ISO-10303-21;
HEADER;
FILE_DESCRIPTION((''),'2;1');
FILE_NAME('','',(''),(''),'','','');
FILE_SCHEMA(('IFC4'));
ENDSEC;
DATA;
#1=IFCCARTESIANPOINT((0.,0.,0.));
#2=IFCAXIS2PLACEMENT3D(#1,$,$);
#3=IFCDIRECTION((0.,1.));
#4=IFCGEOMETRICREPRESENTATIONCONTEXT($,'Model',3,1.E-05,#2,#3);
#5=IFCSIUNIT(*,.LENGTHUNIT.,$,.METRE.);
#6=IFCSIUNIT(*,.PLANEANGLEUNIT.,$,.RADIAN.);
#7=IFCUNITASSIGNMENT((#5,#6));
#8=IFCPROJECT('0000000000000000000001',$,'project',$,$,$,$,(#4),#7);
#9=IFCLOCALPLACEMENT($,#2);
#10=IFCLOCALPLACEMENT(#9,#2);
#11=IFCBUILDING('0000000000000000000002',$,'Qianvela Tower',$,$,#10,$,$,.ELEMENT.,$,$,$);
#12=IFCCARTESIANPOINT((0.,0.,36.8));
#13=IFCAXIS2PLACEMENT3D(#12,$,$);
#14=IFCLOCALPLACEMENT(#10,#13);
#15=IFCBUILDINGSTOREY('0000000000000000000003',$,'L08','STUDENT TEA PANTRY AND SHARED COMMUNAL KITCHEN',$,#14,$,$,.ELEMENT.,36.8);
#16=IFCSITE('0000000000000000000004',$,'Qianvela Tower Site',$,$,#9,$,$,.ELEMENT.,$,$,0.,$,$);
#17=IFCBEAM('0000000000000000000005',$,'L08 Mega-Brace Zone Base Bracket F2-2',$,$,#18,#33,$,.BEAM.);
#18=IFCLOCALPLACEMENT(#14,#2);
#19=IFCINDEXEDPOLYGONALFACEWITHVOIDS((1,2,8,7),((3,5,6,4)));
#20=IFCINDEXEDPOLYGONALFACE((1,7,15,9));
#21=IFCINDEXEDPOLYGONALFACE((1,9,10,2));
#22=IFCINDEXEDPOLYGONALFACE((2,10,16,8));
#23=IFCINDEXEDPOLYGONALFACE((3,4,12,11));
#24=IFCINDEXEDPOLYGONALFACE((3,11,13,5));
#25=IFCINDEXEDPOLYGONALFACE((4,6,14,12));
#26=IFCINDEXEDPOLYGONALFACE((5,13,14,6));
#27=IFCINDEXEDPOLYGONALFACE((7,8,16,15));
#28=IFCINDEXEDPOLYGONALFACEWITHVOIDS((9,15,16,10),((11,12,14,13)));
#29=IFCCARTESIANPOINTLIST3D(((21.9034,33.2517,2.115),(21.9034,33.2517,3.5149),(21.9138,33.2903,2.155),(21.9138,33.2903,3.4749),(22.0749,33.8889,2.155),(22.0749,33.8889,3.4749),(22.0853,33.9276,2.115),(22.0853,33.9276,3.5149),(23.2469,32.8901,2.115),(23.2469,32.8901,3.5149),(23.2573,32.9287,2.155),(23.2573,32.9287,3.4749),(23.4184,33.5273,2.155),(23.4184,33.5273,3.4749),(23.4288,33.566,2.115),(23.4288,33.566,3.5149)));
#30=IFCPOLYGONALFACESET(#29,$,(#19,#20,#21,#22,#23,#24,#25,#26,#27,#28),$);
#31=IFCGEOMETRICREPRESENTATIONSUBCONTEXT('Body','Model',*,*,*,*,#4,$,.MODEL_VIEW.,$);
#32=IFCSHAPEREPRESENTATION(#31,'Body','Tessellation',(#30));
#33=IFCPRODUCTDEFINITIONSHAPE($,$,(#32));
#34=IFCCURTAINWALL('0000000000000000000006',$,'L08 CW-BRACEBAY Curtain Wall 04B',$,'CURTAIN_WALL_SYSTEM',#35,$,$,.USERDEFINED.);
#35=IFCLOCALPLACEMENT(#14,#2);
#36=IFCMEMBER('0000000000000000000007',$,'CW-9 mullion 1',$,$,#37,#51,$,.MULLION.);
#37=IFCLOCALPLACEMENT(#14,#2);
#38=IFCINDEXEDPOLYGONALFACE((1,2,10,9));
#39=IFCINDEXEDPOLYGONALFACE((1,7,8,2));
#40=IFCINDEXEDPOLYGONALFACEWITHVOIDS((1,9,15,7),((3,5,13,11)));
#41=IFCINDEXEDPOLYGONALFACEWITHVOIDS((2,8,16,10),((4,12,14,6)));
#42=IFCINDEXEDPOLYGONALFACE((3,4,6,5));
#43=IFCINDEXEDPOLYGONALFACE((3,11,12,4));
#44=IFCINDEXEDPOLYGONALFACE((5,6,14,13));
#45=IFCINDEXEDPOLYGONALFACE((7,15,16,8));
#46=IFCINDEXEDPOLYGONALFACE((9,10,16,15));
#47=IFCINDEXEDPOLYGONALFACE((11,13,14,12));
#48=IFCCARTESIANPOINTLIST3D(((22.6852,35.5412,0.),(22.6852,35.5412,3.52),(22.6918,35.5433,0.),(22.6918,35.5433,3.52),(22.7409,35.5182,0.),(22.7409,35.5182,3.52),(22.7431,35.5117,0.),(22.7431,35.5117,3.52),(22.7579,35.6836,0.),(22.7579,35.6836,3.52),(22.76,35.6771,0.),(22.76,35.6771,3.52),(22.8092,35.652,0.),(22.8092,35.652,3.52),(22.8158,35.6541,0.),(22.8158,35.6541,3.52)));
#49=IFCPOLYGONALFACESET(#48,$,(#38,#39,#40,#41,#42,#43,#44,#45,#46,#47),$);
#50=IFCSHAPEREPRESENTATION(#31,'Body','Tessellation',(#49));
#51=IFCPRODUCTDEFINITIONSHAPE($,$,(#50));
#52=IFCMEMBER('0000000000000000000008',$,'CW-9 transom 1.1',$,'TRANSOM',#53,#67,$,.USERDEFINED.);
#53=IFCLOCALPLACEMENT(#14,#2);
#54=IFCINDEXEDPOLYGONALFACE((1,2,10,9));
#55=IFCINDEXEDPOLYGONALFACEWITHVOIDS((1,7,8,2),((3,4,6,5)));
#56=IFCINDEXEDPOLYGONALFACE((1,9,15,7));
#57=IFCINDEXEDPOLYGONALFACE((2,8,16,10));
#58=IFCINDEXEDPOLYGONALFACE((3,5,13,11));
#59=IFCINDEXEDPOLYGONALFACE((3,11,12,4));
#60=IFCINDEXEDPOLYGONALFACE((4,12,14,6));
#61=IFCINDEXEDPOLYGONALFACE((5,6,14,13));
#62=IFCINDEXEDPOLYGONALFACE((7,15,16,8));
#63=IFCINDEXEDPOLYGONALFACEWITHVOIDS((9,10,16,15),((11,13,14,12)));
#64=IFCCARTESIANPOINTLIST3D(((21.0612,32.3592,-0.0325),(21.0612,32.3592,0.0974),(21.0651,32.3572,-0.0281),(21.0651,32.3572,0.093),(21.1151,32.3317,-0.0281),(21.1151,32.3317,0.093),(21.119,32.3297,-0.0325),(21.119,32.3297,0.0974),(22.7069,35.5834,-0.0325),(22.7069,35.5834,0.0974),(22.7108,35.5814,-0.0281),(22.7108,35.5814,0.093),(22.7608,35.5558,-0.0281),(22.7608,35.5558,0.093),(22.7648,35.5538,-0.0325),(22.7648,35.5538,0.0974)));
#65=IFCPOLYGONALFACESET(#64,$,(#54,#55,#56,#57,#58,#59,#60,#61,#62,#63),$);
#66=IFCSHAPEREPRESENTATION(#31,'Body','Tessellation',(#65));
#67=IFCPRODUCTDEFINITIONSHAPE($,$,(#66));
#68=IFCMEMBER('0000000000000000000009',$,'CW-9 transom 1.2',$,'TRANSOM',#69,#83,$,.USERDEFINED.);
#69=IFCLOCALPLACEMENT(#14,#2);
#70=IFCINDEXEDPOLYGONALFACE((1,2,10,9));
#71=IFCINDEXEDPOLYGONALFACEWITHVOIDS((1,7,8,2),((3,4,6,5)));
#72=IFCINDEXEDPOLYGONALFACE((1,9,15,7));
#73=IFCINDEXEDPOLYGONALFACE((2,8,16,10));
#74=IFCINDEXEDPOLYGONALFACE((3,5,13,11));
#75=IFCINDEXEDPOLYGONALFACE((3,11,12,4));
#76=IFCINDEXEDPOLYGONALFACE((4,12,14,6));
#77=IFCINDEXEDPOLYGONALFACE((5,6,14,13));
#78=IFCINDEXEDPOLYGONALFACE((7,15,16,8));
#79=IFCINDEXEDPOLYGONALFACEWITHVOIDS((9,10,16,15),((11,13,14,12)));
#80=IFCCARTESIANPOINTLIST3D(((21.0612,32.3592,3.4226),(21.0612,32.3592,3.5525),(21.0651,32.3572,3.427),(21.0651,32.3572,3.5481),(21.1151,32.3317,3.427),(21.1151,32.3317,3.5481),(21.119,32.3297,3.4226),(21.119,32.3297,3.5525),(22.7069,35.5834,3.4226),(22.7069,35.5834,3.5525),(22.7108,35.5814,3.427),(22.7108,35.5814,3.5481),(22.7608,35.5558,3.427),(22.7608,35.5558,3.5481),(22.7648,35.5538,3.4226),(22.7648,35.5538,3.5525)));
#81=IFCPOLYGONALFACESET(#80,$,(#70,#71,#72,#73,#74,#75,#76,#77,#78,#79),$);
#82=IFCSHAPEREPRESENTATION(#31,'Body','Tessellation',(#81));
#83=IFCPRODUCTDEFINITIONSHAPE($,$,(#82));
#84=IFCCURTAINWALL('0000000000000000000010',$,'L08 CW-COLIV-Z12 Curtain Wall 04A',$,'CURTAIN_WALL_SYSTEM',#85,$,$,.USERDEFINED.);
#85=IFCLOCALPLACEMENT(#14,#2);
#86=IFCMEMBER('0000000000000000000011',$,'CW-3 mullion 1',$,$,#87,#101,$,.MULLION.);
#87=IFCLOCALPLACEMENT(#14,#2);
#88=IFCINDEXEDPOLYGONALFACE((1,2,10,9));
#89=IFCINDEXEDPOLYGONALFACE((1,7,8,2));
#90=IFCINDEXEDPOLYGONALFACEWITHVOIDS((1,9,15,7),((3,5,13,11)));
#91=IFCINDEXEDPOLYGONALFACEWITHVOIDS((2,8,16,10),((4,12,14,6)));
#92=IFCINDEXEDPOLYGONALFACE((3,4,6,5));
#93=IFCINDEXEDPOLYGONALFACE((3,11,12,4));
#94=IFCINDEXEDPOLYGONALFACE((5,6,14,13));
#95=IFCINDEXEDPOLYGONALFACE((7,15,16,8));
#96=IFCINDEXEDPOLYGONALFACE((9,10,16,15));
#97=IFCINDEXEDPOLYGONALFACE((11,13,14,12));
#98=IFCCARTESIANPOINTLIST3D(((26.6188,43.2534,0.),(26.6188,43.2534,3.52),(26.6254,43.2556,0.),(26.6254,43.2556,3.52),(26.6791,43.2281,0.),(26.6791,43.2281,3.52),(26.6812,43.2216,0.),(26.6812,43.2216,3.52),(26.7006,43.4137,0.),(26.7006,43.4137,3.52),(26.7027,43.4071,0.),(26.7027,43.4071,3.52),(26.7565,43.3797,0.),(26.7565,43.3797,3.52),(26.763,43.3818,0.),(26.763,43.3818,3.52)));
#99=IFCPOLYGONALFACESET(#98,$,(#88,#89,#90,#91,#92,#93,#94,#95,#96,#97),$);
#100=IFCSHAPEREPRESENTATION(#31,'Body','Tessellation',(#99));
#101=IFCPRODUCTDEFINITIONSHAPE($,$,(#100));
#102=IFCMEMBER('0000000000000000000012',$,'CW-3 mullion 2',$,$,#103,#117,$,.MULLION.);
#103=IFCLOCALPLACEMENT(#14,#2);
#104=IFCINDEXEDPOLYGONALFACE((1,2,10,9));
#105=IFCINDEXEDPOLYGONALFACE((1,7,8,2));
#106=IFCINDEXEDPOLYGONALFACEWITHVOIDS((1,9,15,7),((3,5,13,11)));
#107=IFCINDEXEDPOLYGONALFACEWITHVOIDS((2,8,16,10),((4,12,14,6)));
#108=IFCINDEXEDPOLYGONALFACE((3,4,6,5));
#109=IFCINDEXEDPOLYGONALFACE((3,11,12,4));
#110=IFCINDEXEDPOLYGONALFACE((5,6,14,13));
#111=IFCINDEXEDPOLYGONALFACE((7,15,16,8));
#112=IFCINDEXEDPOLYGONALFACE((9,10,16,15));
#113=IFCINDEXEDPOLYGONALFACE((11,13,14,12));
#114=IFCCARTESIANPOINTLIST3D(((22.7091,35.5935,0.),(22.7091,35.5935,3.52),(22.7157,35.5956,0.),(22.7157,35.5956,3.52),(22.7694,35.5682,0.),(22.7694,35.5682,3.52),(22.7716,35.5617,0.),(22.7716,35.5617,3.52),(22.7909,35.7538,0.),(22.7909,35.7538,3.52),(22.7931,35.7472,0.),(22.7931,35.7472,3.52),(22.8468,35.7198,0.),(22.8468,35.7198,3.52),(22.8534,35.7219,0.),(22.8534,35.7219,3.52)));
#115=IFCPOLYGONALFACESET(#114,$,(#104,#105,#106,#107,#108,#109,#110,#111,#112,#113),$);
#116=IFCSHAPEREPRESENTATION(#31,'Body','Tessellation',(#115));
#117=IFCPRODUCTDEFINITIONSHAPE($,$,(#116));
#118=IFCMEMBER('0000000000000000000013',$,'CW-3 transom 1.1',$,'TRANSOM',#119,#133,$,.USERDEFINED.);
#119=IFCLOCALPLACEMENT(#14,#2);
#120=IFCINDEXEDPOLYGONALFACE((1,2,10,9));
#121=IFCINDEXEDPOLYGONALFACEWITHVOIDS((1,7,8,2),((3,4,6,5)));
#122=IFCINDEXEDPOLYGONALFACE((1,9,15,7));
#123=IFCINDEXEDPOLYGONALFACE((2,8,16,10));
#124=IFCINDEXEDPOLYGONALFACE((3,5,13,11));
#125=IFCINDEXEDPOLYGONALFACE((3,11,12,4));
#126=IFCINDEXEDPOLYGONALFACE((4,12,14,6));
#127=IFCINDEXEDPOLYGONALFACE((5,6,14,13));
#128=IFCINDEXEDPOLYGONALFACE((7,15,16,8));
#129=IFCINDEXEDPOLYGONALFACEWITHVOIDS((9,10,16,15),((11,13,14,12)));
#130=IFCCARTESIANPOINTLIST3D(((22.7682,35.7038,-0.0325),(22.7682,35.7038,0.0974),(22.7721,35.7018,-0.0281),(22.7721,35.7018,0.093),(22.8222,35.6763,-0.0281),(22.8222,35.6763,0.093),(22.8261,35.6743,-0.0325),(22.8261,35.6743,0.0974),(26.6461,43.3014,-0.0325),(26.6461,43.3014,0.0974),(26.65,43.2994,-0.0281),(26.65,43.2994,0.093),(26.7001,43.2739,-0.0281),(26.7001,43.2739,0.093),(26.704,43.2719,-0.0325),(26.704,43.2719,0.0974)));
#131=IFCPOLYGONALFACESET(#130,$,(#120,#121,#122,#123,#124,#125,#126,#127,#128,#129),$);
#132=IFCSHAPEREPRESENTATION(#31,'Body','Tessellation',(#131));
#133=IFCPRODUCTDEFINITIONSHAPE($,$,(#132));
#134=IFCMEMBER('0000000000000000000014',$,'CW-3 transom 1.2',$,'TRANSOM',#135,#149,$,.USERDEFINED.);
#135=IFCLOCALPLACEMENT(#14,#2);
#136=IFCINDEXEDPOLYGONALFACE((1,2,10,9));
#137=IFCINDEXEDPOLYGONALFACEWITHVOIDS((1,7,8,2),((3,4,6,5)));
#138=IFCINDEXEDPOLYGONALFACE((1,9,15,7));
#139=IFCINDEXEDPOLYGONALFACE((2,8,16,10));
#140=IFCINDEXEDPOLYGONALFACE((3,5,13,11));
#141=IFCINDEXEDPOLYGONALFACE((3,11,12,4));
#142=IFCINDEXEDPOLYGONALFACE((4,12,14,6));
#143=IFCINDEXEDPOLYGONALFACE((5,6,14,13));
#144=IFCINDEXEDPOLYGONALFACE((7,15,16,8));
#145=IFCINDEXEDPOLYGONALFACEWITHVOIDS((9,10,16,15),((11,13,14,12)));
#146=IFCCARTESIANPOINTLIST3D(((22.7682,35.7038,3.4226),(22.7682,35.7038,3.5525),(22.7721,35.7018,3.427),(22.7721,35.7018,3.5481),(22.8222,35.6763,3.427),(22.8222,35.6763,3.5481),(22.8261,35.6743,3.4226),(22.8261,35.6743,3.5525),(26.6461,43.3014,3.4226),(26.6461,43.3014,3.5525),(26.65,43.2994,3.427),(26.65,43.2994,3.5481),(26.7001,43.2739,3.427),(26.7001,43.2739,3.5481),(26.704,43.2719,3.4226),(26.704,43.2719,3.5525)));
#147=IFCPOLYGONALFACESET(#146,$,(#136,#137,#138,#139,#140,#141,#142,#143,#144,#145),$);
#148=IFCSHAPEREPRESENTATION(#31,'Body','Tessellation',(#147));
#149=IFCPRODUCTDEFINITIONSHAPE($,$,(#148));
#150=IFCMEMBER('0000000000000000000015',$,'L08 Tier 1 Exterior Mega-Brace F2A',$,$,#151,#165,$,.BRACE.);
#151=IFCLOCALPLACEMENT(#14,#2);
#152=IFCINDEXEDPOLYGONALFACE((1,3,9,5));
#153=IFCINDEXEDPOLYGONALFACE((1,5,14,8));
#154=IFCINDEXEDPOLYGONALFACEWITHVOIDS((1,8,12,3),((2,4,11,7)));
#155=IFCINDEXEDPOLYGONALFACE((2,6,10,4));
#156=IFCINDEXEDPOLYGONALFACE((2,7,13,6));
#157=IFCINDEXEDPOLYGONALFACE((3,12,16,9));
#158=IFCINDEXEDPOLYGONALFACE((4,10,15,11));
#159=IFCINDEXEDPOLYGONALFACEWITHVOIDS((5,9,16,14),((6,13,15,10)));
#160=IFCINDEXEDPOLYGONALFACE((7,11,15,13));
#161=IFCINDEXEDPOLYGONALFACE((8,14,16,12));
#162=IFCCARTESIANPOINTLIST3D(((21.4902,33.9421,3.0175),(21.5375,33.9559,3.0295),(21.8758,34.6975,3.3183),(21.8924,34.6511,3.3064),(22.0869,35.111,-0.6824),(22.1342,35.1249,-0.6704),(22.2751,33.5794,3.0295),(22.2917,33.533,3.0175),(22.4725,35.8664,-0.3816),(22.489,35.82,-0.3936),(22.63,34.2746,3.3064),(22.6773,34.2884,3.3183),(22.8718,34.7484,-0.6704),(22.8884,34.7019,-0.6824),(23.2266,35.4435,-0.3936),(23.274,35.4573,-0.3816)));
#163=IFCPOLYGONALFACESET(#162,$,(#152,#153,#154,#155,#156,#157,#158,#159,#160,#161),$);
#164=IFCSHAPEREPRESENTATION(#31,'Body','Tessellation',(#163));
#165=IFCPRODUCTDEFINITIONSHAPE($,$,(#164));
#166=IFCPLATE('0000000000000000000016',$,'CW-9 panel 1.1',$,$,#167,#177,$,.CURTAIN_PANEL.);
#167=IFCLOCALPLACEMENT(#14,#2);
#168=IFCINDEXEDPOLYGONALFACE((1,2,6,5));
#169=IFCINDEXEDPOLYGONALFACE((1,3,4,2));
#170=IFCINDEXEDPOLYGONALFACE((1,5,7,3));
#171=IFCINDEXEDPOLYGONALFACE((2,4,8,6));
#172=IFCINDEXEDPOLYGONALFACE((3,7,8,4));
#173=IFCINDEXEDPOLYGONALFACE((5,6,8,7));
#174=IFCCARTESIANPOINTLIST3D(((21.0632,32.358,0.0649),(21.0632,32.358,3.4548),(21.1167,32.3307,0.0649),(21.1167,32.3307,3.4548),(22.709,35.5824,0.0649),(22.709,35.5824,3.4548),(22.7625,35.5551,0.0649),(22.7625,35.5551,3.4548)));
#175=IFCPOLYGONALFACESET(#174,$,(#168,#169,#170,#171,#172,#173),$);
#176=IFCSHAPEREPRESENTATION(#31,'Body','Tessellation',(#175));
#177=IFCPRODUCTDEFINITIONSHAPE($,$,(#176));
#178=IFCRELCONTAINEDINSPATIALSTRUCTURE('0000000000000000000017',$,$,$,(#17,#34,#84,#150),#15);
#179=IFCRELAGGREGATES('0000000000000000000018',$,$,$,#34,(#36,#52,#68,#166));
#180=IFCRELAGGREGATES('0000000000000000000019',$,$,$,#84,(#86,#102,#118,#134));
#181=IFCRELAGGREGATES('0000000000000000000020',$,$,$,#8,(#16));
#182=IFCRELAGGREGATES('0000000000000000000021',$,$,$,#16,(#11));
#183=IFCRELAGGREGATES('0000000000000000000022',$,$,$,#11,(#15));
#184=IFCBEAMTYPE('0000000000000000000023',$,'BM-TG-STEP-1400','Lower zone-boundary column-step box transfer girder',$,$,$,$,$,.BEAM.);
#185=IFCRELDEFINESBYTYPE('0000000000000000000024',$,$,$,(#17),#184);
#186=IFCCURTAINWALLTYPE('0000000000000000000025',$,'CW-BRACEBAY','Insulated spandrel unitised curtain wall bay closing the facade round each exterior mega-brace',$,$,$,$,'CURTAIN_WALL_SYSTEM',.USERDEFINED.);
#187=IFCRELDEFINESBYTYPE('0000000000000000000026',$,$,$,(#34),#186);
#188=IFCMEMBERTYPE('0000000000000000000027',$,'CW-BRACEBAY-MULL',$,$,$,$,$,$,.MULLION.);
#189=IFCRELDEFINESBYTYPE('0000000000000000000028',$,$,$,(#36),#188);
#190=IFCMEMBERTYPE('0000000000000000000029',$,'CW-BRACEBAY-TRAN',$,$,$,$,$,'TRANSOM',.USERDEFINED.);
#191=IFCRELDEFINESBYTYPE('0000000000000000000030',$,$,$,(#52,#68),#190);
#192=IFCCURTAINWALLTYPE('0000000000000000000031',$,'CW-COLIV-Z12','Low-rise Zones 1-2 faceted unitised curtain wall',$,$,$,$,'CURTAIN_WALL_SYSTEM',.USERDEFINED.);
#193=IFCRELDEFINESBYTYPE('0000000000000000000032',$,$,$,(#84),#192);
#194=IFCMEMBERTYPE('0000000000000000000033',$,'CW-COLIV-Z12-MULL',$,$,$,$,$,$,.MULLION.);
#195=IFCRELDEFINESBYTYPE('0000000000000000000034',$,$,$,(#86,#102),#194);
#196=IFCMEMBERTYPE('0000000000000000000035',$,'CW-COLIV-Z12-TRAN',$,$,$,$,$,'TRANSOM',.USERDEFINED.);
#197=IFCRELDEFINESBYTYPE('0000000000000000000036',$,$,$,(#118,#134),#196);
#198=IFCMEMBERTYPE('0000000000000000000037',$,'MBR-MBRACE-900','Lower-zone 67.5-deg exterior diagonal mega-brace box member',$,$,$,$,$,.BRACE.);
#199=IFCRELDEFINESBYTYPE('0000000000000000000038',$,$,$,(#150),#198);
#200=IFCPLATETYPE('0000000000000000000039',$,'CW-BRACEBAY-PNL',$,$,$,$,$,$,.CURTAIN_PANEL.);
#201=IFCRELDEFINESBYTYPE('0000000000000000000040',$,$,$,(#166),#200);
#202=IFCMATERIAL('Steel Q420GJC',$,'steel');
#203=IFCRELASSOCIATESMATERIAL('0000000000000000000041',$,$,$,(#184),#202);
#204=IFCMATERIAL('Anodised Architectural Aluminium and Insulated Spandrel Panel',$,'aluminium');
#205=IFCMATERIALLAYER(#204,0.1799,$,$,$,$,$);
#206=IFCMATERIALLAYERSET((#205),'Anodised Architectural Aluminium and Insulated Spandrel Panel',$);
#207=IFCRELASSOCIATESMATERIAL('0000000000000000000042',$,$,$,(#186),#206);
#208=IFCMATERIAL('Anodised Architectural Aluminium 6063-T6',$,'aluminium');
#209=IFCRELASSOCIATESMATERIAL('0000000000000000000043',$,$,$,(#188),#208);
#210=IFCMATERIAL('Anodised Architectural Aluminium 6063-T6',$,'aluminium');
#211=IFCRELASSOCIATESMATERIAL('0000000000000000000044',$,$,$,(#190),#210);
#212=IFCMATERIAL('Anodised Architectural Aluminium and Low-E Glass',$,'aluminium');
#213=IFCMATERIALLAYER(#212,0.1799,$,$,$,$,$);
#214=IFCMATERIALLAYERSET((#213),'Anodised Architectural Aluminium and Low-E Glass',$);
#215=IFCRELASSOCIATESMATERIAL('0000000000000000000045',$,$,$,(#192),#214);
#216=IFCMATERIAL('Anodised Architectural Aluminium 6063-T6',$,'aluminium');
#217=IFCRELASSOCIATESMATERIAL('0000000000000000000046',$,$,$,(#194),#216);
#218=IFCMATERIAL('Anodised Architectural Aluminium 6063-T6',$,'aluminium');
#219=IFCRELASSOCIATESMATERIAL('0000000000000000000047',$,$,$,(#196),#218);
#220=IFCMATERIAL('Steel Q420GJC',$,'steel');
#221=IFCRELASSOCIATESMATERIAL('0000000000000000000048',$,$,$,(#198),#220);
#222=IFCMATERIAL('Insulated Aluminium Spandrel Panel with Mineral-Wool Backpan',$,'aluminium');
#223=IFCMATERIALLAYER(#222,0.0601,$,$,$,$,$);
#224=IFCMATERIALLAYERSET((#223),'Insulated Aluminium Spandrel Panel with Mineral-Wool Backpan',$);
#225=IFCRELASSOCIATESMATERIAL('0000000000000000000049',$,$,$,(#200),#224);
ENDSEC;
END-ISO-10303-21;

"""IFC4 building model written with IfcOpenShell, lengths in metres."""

from ifc_helpers import new_model, si_unit, direction, frame, origin, origin_2d, place, context, subcontext, project, spatial, rectangle, hollow_rectangle, extrude, material, layer, layer_set, material_profile, profile_set, type_object, element, aggregate, save


model = new_model("IFC4")

# Units and contexts
model_context = context("Model", 3, precision=1e-05, world=origin(), true_north=direction((0.0, 1.0)))
body_context = subcontext(model_context, "Body", "Model", "MODEL_VIEW")
ifc_project = project(units=[si_unit("LENGTHUNIT", "METRE"), si_unit("PLANEANGLEUNIT", "RADIAN")], contexts=[model_context])

# Site, building, storey
site_placement = place(None, origin())
site = spatial("IfcSite", under=ifc_project, at=site_placement, Name="Qianvela Tower Site", CompositionType="ELEMENT", RefElevation=0.0)
building_placement = place(site_placement, origin())
building = spatial("IfcBuilding", under=site, at=building_placement, Name="Qianvela Tower", CompositionType="ELEMENT")
storey_placement = place(building_placement, frame((0.0, 0.0, 36.8)))
storey = spatial("IfcBuildingStorey", under=building, at=storey_placement, Name="L08", Description="STUDENT TEA PANTRY AND SHARED COMMUNAL KITCHEN", CompositionType="ELEMENT", Elevation=36.8)

# Beam
ifc_material_1 = material(Name="Steel Q420GJC", Category="steel")
ifc_material_profile_1 = material_profile(ifc_material_1, hollow_rectangle(XDim=0.7, YDim=1.3999, WallThickness=0.04, at=origin_2d()), Name="TG-BOX-1400x700x40")
ifc_profile_set_1 = profile_set([ifc_material_profile_1], Name="Steel Q420GJC")
beam_type_1 = type_object("IfcBeamType", Name="BM-TG-STEP-1400", Description="Lower zone-boundary column-step box transfer girder", PredefinedType="BEAM", material=ifc_profile_set_1)
beam_1_placement = place(storey_placement, frame((23.3379, 33.228, 2.8149), z_axis=(-0.965641, 0.259879, 0.0), x_axis=(-0.259879, -0.965641, 0.0)))
element("IfcBeam", 1, at=beam_1_placement, inside=storey, type_object=beam_type_1, Name="L08 Mega-Brace Zone Base Bracket F2-2", PredefinedType="BEAM", context=body_context, shape_type="SweptSolid", body=[
    extrude(hollow_rectangle(XDim=0.7, YDim=1.3999, WallThickness=0.04, at=origin_2d()), origin(), (0.0, 0.0, 1.0), 1.3914),
])

# Curtain walls, members
ifc_material_2 = material(Name="Anodised Architectural Aluminium and Insulated Spandrel Panel", Category="aluminium")
ifc_layer_1 = layer(ifc_material_2, 0.1799)
ifc_layer_set_1 = layer_set([ifc_layer_1], Name="Anodised Architectural Aluminium and Insulated Spandrel Panel")
curtain_wall_type_1 = type_object("IfcCurtainWallType", Name="CW-BRACEBAY", Description="Insulated spandrel unitised curtain wall bay closing the facade round each exterior mega-brace", ElementType="CURTAIN_WALL_SYSTEM", PredefinedType="USERDEFINED", material=ifc_layer_set_1)
curtain_wall_1_placement = place(storey_placement, origin())
curtain_wall_1 = element("IfcCurtainWall", 2, at=curtain_wall_1_placement, inside=storey, type_object=curtain_wall_type_1, Name="L08 CW-BRACEBAY Curtain Wall 04B", ObjectType="CURTAIN_WALL_SYSTEM", PredefinedType="USERDEFINED")
ifc_material_3 = material(Name="Anodised Architectural Aluminium 6063-T6", Category="aluminium")
ifc_material_profile_2 = material_profile(ifc_material_3, hollow_rectangle(XDim=0.0649, YDim=0.1599, WallThickness=0.0049, at=origin_2d()), Name="ALU-MULL-65x160")
ifc_profile_set_2 = profile_set([ifc_material_profile_2], Name="Anodised Architectural Aluminium 6063-T6")
member_type_1 = type_object("IfcMemberType", Name="CW-BRACEBAY-MULL", PredefinedType="MULLION", material=ifc_profile_set_2)
member_1_placement = place(storey_placement, frame((22.7505, 35.5977, 0.0), z_axis=(0.0, 0.0, 1.0), x_axis=(0.89069, -0.454612, 0.0)))
member_1 = element("IfcMember", 3, at=member_1_placement, type_object=member_type_1, Name="CW-9 mullion 1", PredefinedType="MULLION", context=body_context, shape_type="SweptSolid", body=[
    extrude(hollow_rectangle(XDim=0.0649, YDim=0.1599, WallThickness=0.0049, at=origin_2d()), origin(), (0.0, 0.0, 1.0), 3.52),
])
ifc_material_4 = material(Name="Anodised Architectural Aluminium 6063-T6", Category="aluminium")
ifc_material_profile_3 = material_profile(ifc_material_4, hollow_rectangle(XDim=0.0649, YDim=0.1299, WallThickness=0.0044, at=origin_2d()), Name="ALU-TRAN-65x130")
ifc_profile_set_3 = profile_set([ifc_material_profile_3], Name="Anodised Architectural Aluminium 6063-T6")
member_type_2 = type_object("IfcMemberType", Name="CW-BRACEBAY-TRAN", ElementType="TRANSOM", PredefinedType="USERDEFINED", material=ifc_profile_set_3)
member_2_placement = place(storey_placement, frame((22.7358, 35.5686, 0.0325), z_axis=(-0.454644, -0.890673, 0.0), x_axis=(0.890673, -0.454644, 0.0)))
member_2 = element("IfcMember", 4, at=member_2_placement, type_object=member_type_2, Name="CW-9 transom 1.1", ObjectType="TRANSOM", PredefinedType="USERDEFINED", context=body_context, shape_type="SweptSolid", body=[
    extrude(hollow_rectangle(XDim=0.0649, YDim=0.1299, WallThickness=0.0044, at=origin_2d()), origin(), (0.0, 0.0, 1.0), 3.6199),
])
member_3_placement = place(storey_placement, frame((22.7358, 35.5686, 3.4875), z_axis=(-0.454644, -0.890673, 0.0), x_axis=(0.890673, -0.454644, 0.0)))
member_3 = element("IfcMember", 5, at=member_3_placement, type_object=member_type_2, Name="CW-9 transom 1.2", ObjectType="TRANSOM", PredefinedType="USERDEFINED", context=body_context, shape_type="SweptSolid", body=[
    extrude(hollow_rectangle(XDim=0.0649, YDim=0.1299, WallThickness=0.0044, at=origin_2d()), origin(), (0.0, 0.0, 1.0), 3.6199),
])
ifc_material_5 = material(Name="Anodised Architectural Aluminium and Low-E Glass", Category="aluminium")
ifc_layer_2 = layer(ifc_material_5, 0.1799)
ifc_layer_set_2 = layer_set([ifc_layer_2], Name="Anodised Architectural Aluminium and Low-E Glass")
curtain_wall_type_2 = type_object("IfcCurtainWallType", Name="CW-COLIV-Z12", Description="Low-rise Zones 1-2 faceted unitised curtain wall", ElementType="CURTAIN_WALL_SYSTEM", PredefinedType="USERDEFINED", material=ifc_layer_set_2)
curtain_wall_2_placement = place(storey_placement, origin())
curtain_wall_2 = element("IfcCurtainWall", 6, at=curtain_wall_2_placement, inside=storey, type_object=curtain_wall_type_2, Name="L08 CW-COLIV-Z12 Curtain Wall 04A", ObjectType="CURTAIN_WALL_SYSTEM", PredefinedType="USERDEFINED")
ifc_material_6 = material(Name="Anodised Architectural Aluminium 6063-T6", Category="aluminium")
ifc_material_profile_4 = material_profile(ifc_material_6, hollow_rectangle(XDim=0.0701, YDim=0.1799, WallThickness=0.0049, at=origin_2d()), Name="ALU-MULL-70x180")
ifc_profile_set_4 = profile_set([ifc_material_profile_4], Name="Anodised Architectural Aluminium 6063-T6")
member_type_3 = type_object("IfcMemberType", Name="CW-COLIV-Z12-MULL", PredefinedType="MULLION", material=ifc_profile_set_4)
member_4_placement = place(storey_placement, frame((26.6909, 43.3176, 0.0), z_axis=(0.0, 0.0, 1.0), x_axis=(0.890689, -0.454612, 0.0)))
member_4 = element("IfcMember", 7, at=member_4_placement, type_object=member_type_3, Name="CW-3 mullion 1", PredefinedType="MULLION", context=body_context, shape_type="SweptSolid", body=[
    extrude(hollow_rectangle(XDim=0.0701, YDim=0.1799, WallThickness=0.0049, at=origin_2d()), origin(), (0.0, 0.0, 1.0), 3.52),
])
member_5_placement = place(storey_placement, frame((22.7812, 35.6577, 0.0), z_axis=(0.0, 0.0, 1.0), x_axis=(0.890689, -0.454612, 0.0)))
member_5 = element("IfcMember", 8, at=member_5_placement, type_object=member_type_3, Name="CW-3 mullion 2", PredefinedType="MULLION", context=body_context, shape_type="SweptSolid", body=[
    extrude(hollow_rectangle(XDim=0.0701, YDim=0.1799, WallThickness=0.0049, at=origin_2d()), origin(), (0.0, 0.0, 1.0), 3.52),
])
ifc_material_7 = material(Name="Anodised Architectural Aluminium 6063-T6", Category="aluminium")
ifc_material_profile_5 = material_profile(ifc_material_7, hollow_rectangle(XDim=0.0649, YDim=0.1299, WallThickness=0.0044, at=origin_2d()), Name="ALU-TRAN-65x130")
ifc_profile_set_5 = profile_set([ifc_material_profile_5], Name="Anodised Architectural Aluminium 6063-T6")
member_type_4 = type_object("IfcMemberType", Name="CW-COLIV-Z12-TRAN", ElementType="TRANSOM", PredefinedType="USERDEFINED", material=ifc_profile_set_5)
member_6_placement = place(storey_placement, frame((26.675, 43.2866, 0.0325), z_axis=(-0.454617, -0.890687, 0.0), x_axis=(0.890687, -0.454617, 0.0)))
member_6 = element("IfcMember", 9, at=member_6_placement, type_object=member_type_4, Name="CW-3 transom 1.1", ObjectType="TRANSOM", PredefinedType="USERDEFINED", context=body_context, shape_type="SweptSolid", body=[
    extrude(hollow_rectangle(XDim=0.0649, YDim=0.1299, WallThickness=0.0044, at=origin_2d()), origin(), (0.0, 0.0, 1.0), 8.53),
])
member_7_placement = place(storey_placement, frame((26.675, 43.2866, 3.4875), z_axis=(-0.454617, -0.890687, 0.0), x_axis=(0.890687, -0.454617, 0.0)))
member_7 = element("IfcMember", 10, at=member_7_placement, type_object=member_type_4, Name="CW-3 transom 1.2", ObjectType="TRANSOM", PredefinedType="USERDEFINED", context=body_context, shape_type="SweptSolid", body=[
    extrude(hollow_rectangle(XDim=0.0649, YDim=0.1299, WallThickness=0.0044, at=origin_2d()), origin(), (0.0, 0.0, 1.0), 8.53),
])

# Member
ifc_material_8 = material(Name="Steel Q420GJC", Category="steel")
ifc_material_profile_6 = material_profile(ifc_material_8, hollow_rectangle(XDim=0.8999, YDim=0.8999, WallThickness=0.0359, at=origin_2d()), Name="MBOX-900x900x36")
ifc_profile_set_6 = profile_set([ifc_material_profile_6], Name="Steel Q420GJC")
member_type_5 = type_object("IfcMemberType", Name="MBR-MBRACE-900", Description="Lower-zone 67.5-deg exterior diagonal mega-brace box member", PredefinedType="BRACE", material=ifc_profile_set_6)
member_8_placement = place(storey_placement, frame((22.6804, 35.2842, -0.532), z_axis=(-0.151988, -0.297758, 0.942465), x_axis=(0.890676, -0.454639, 0.0)))
element("IfcMember", 11, at=member_8_placement, inside=storey, type_object=member_type_5, Name="L08 Tier 1 Exterior Mega-Brace F2A", PredefinedType="BRACE", context=body_context, shape_type="SweptSolid", body=[
    extrude(hollow_rectangle(XDim=0.8999, YDim=0.8999, WallThickness=0.0359, at=origin_2d()), origin(), (0.0, 0.0, 1.0), 3.9258),
])

# Plate
ifc_material_9 = material(Name="Insulated Aluminium Spandrel Panel with Mineral-Wool Backpan", Category="aluminium")
ifc_layer_3 = layer(ifc_material_9, 0.0601)
ifc_layer_set_3 = layer_set([ifc_layer_3], Name="Insulated Aluminium Spandrel Panel with Mineral-Wool Backpan")
plate_type_1 = type_object("IfcPlateType", Name="CW-BRACEBAY-PNL", PredefinedType="CURTAIN_PANEL", material=ifc_layer_set_3)
plate_1_placement = place(storey_placement, frame((21.9128, 33.9565, 0.0649), z_axis=(0.0, 0.0, 1.0), x_axis=(-0.454612, -0.89069, 0.0)))
plate_1 = element("IfcPlate", 12, at=plate_1_placement, type_object=plate_type_1, Name="CW-9 panel 1.1", PredefinedType="CURTAIN_PANEL", context=body_context, shape_type="SweptSolid", body=[
    extrude(rectangle(XDim=3.6201, YDim=0.0601, at=origin_2d()), origin(), (0.0, 0.0, 1.0), 3.3899),
])
aggregate(curtain_wall_1, [member_1, member_2, member_3, plate_1])
aggregate(curtain_wall_2, [member_4, member_5, member_6, member_7])

save(model, "model.ifc")
